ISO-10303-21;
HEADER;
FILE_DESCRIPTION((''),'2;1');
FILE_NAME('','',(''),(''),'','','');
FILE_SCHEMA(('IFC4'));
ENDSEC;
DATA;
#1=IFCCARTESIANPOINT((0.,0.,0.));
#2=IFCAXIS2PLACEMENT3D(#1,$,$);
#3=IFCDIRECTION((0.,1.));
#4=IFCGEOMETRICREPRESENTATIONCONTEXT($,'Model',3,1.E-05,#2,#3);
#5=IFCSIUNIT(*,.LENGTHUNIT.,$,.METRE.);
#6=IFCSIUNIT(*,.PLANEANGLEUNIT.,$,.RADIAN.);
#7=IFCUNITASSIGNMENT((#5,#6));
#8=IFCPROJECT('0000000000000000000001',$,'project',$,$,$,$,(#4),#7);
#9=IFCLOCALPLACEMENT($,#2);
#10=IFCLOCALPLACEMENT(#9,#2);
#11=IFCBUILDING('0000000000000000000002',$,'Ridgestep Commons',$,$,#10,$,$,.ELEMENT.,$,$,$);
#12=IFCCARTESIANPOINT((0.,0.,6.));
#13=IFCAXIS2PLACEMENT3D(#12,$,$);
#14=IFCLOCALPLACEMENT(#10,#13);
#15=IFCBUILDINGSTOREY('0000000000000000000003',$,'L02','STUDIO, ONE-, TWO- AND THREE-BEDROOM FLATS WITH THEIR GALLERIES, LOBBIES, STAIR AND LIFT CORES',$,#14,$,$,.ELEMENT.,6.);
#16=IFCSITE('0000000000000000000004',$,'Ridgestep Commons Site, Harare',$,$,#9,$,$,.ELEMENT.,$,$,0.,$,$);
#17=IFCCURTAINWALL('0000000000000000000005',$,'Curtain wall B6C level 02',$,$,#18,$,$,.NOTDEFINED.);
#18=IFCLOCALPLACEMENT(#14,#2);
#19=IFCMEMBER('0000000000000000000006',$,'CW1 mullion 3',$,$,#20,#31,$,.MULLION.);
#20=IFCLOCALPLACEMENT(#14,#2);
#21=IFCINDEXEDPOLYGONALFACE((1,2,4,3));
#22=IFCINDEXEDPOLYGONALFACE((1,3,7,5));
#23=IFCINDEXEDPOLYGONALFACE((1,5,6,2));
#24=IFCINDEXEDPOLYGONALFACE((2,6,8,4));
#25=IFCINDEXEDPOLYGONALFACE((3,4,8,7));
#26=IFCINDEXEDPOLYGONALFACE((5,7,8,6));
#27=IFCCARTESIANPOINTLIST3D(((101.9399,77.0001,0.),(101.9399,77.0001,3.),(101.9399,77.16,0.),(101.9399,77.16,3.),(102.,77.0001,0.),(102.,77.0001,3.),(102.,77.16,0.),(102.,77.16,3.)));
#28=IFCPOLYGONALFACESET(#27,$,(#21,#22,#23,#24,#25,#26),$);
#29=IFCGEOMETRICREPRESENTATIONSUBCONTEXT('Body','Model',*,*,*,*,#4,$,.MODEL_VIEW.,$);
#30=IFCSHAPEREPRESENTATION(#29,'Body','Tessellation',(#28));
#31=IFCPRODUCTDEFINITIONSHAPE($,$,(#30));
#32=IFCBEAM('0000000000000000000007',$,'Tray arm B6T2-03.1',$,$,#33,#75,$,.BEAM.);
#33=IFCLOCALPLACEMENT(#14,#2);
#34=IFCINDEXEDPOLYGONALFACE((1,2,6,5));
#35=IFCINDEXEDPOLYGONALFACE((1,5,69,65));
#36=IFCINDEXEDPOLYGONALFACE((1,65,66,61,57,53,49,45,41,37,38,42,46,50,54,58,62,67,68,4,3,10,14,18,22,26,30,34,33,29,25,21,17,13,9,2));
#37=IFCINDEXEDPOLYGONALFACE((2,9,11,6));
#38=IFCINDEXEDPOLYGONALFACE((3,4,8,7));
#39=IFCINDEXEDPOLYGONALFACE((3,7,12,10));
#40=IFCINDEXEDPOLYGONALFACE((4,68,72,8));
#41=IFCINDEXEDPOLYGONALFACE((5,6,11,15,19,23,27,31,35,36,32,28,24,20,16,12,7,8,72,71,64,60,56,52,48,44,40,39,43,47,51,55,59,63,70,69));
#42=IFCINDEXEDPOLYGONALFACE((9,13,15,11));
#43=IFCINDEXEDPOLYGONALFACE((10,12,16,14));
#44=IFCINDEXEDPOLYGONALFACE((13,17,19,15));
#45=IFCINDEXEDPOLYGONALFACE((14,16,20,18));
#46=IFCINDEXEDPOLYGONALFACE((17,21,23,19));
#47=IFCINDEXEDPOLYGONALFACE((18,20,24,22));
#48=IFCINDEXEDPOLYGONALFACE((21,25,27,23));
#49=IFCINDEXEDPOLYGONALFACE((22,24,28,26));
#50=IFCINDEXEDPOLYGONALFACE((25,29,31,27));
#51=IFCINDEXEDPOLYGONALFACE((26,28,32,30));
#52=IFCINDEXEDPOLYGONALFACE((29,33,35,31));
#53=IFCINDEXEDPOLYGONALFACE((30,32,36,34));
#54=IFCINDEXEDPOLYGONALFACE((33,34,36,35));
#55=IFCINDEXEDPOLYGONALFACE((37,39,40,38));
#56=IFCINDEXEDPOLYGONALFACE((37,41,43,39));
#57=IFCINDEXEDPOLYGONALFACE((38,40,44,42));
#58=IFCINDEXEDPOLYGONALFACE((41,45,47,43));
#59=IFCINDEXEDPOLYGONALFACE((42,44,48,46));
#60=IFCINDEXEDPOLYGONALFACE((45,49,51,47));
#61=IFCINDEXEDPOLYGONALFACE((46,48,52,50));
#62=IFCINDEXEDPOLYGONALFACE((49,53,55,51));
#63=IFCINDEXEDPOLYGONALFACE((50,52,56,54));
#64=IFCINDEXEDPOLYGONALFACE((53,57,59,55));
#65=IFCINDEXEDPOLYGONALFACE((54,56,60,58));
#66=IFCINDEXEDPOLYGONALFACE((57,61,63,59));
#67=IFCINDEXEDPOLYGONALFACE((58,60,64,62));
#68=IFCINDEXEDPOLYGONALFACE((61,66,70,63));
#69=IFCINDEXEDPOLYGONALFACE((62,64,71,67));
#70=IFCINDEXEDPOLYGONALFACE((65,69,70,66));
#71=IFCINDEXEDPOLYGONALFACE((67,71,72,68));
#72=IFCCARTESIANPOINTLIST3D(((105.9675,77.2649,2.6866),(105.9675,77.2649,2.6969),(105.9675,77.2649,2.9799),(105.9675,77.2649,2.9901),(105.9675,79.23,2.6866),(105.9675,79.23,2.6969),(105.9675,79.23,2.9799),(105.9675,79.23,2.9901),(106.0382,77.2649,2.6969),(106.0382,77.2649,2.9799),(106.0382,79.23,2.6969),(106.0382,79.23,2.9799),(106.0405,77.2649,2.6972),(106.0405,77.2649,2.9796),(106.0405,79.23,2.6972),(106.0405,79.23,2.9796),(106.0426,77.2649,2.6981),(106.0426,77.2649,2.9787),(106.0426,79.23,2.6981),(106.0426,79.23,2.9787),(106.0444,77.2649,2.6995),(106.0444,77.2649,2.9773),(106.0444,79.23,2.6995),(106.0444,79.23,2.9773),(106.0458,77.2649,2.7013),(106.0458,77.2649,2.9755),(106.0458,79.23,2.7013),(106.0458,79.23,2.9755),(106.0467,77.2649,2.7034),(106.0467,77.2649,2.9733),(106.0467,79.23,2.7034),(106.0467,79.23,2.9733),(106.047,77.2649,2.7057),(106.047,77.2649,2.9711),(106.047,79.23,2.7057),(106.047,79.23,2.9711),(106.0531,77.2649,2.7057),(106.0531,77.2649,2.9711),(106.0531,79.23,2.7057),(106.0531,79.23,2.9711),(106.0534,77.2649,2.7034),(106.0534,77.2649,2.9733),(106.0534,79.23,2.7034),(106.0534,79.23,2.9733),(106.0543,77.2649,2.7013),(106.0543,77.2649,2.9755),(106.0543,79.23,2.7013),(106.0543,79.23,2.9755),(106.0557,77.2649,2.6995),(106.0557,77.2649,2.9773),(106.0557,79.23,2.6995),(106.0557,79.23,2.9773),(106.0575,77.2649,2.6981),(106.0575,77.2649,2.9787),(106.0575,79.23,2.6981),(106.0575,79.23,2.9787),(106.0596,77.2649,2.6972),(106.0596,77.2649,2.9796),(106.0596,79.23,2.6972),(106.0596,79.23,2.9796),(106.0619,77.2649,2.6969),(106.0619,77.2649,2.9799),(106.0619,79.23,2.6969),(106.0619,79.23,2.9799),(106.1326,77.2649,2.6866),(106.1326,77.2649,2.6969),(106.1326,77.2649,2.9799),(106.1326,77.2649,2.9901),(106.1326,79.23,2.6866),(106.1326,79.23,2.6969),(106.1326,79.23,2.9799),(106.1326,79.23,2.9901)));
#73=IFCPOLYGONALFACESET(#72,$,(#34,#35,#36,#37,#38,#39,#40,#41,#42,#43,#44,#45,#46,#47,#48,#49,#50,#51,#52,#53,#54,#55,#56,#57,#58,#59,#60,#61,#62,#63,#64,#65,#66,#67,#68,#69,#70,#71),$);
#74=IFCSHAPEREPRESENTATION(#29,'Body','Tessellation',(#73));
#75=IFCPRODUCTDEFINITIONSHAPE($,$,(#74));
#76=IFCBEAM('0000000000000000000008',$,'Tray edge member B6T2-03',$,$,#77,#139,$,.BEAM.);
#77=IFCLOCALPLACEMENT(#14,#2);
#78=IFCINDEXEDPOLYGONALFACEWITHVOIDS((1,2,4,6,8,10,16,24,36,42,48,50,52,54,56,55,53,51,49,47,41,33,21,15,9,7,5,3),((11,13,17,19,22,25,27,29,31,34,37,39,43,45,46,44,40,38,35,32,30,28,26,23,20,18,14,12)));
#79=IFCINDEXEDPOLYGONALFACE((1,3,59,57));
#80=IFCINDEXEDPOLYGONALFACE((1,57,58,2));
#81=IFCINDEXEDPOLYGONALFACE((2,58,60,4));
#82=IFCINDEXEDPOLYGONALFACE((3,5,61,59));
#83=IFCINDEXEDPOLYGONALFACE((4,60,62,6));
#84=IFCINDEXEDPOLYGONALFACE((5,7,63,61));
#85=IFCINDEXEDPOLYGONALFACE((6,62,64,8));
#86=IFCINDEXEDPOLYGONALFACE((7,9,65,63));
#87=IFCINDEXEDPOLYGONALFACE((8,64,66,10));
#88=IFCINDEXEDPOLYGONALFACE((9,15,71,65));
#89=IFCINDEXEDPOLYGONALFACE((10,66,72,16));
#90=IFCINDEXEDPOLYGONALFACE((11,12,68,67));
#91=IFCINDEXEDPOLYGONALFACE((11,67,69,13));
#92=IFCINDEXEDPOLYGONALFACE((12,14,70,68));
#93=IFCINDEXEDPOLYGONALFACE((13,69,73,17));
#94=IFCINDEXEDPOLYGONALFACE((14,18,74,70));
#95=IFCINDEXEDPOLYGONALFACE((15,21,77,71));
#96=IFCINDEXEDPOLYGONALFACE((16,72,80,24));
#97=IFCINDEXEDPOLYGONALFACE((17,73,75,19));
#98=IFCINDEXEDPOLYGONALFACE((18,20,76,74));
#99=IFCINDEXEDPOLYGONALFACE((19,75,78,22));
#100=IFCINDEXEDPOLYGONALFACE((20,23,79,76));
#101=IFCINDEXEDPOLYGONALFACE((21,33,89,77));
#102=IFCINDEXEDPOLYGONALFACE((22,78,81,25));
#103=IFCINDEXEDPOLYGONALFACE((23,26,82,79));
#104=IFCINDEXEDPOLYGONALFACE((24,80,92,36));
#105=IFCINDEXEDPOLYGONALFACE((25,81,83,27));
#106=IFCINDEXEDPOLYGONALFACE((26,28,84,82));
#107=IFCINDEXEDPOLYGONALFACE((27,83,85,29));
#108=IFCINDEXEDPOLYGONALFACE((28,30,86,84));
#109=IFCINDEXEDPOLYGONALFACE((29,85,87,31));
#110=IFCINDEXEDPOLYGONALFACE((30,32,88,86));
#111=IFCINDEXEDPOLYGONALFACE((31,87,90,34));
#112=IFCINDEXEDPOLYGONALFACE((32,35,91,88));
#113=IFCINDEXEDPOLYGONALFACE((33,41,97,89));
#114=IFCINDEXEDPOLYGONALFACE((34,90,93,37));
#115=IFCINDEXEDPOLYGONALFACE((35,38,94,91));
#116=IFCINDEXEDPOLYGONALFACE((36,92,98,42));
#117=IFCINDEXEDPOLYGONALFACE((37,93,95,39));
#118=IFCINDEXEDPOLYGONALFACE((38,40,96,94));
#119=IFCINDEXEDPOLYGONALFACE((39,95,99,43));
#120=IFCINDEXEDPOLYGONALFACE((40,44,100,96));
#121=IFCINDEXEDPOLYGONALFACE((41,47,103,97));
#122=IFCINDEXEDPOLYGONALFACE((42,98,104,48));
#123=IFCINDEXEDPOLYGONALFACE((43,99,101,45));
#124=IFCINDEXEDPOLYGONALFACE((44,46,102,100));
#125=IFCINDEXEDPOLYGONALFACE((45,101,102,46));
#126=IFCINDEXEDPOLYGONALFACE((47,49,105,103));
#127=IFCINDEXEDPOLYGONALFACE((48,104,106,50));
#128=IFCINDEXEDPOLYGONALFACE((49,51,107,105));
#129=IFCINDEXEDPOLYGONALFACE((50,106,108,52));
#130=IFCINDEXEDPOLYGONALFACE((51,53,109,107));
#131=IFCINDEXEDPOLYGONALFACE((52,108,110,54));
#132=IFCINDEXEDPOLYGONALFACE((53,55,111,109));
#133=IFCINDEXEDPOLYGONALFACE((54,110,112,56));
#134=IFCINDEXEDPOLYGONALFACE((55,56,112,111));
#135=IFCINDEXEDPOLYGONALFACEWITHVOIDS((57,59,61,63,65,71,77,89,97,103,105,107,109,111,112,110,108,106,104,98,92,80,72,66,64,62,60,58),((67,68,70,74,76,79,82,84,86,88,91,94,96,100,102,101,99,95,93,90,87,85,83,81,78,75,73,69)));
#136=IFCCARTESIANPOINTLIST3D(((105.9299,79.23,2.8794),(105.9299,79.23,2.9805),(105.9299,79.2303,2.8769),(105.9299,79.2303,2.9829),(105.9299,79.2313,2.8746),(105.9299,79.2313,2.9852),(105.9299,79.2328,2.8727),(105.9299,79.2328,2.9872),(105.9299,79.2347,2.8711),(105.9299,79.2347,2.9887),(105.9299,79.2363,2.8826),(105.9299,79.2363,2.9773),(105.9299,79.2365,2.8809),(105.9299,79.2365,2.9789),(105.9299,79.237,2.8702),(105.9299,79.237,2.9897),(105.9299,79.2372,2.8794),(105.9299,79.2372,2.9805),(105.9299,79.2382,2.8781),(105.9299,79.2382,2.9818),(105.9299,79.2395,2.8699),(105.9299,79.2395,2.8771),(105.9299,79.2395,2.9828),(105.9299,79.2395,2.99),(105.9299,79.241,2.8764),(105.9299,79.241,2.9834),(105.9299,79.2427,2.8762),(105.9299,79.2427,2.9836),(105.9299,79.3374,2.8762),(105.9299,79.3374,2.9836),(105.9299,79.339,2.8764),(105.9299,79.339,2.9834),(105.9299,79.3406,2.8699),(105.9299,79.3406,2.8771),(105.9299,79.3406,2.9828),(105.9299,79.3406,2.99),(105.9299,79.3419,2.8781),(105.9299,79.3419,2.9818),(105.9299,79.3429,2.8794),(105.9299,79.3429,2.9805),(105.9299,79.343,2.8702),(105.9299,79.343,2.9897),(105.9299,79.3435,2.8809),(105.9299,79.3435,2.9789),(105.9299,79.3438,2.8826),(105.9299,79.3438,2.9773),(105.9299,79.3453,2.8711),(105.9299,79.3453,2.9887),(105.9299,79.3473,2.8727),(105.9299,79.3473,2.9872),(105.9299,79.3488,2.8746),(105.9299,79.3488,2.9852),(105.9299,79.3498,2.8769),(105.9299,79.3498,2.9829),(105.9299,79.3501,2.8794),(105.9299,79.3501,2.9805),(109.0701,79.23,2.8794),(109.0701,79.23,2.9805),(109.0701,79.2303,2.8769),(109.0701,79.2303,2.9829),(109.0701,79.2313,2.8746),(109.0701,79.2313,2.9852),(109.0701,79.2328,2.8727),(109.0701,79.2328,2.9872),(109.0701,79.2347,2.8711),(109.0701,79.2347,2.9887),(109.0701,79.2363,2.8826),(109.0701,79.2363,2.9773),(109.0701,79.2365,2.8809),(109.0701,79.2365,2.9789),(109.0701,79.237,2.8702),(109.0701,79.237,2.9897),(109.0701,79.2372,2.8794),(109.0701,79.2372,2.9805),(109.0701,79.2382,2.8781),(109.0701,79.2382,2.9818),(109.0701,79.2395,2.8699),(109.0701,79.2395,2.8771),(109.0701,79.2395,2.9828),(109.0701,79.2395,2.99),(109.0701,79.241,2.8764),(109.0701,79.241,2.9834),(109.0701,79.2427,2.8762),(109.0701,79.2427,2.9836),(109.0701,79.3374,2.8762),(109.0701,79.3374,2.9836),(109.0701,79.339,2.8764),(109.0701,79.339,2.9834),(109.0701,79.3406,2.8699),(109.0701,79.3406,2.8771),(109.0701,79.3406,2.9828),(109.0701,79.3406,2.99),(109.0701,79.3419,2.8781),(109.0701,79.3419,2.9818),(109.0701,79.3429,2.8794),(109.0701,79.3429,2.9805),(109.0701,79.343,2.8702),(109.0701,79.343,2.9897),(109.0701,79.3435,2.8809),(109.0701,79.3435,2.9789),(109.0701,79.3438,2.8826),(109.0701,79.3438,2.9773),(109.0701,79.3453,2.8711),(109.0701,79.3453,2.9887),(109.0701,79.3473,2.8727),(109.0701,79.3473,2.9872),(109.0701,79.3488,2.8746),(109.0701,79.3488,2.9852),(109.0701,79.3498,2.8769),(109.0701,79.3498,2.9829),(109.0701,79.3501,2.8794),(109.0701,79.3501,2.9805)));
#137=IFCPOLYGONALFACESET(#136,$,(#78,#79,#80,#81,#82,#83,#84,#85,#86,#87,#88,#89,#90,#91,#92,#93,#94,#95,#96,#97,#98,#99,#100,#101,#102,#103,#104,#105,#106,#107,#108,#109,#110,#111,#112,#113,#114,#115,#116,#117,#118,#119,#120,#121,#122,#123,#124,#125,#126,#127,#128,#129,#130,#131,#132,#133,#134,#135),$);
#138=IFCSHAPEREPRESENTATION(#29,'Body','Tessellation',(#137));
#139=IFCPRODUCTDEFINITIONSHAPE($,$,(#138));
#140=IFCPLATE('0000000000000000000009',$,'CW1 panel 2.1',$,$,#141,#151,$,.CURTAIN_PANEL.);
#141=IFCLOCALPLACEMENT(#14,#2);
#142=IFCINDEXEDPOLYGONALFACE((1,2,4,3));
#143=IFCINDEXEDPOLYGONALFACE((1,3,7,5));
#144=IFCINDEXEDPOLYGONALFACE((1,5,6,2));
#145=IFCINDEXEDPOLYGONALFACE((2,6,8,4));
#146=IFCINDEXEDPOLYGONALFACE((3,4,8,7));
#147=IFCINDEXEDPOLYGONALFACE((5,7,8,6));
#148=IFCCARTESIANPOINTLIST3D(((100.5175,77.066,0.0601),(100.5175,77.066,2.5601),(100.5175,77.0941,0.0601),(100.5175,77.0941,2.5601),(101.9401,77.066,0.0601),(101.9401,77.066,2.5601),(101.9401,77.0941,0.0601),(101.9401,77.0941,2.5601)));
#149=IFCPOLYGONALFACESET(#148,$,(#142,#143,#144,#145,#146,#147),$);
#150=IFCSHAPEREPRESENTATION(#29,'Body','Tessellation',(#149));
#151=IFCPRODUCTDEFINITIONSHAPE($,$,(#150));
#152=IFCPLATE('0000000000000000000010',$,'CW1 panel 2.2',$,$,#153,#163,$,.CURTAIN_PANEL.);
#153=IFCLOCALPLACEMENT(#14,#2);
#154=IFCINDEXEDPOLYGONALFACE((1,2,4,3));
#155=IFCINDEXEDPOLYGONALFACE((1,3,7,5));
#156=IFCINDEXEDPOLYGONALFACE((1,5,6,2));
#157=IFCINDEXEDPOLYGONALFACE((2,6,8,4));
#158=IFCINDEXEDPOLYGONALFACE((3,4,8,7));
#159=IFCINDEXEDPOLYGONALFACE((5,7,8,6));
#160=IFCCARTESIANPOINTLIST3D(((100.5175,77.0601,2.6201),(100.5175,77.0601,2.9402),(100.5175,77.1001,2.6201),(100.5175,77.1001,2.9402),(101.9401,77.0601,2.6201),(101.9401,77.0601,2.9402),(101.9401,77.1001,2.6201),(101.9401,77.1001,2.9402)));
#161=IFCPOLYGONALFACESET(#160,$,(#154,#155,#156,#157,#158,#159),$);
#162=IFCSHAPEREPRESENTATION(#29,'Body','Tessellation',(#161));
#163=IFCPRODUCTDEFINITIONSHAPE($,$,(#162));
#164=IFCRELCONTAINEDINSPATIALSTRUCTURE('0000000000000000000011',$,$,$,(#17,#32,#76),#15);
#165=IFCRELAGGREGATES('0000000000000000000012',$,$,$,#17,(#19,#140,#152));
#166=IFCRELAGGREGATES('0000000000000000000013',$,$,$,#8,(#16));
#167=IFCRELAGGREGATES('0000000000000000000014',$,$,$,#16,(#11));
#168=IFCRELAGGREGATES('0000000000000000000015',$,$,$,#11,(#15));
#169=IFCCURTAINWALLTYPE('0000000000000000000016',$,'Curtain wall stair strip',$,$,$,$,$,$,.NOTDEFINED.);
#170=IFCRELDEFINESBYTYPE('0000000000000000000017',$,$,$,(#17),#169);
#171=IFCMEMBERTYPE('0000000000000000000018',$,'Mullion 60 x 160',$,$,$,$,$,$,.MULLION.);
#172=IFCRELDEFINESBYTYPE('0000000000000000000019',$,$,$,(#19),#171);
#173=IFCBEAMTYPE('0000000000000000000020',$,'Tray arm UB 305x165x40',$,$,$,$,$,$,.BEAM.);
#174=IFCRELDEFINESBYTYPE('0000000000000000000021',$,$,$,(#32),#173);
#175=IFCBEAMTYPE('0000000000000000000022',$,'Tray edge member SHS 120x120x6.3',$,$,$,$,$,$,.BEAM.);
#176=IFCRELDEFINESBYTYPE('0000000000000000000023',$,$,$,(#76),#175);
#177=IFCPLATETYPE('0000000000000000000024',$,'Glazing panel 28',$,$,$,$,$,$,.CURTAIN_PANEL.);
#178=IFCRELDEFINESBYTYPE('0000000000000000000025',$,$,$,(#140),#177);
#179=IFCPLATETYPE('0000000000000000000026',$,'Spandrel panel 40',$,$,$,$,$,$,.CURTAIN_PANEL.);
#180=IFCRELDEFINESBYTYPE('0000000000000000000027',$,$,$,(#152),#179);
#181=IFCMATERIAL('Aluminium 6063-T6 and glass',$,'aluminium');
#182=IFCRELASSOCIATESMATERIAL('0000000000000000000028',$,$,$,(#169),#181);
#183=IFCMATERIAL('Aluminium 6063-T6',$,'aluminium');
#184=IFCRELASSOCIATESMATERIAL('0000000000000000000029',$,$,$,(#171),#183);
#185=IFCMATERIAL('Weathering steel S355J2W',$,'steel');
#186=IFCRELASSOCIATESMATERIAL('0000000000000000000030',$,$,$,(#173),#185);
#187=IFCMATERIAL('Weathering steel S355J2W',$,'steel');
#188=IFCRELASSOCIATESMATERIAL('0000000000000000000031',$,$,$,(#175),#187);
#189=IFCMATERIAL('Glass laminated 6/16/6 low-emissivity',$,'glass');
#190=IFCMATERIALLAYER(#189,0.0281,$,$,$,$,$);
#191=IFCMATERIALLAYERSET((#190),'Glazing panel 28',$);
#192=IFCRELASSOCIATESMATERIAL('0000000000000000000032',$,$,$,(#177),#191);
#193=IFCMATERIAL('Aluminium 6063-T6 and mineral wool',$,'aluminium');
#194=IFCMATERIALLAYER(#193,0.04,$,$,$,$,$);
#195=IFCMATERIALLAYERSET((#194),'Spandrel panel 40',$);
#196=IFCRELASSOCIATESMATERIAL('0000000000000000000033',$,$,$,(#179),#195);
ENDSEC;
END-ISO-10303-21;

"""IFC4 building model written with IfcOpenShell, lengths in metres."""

from ifc_helpers import new_model, si_unit, direction, frame, origin, origin_2d, place, context, subcontext, project, spatial, rectangle, hollow_rectangle, i_section, extrude, material, layer, layer_set, material_profile, profile_set, type_object, element, aggregate, save


model = new_model("IFC4")

# Units and contexts
model_context = context("Model", 3, precision=1e-05, world=origin(), true_north=direction((0.0, 1.0)))
body_context = subcontext(model_context, "Body", "Model", "MODEL_VIEW")
ifc_project = project(units=[si_unit("LENGTHUNIT", "METRE"), si_unit("PLANEANGLEUNIT", "RADIAN")], contexts=[model_context])

# Site, building, storey
site_placement = place(None, origin())
site = spatial("IfcSite", under=ifc_project, at=site_placement, Name="Ridgestep Commons Site, Harare", CompositionType="ELEMENT", RefElevation=0.0)
building_placement = place(site_placement, origin())
building = spatial("IfcBuilding", under=site, at=building_placement, Name="Ridgestep Commons", CompositionType="ELEMENT")
storey_placement = place(building_placement, frame((0.0, 0.0, 6.0)))
storey = spatial("IfcBuildingStorey", under=building, at=storey_placement, Name="L02", Description="STUDIO, ONE-, TWO- AND THREE-BEDROOM FLATS WITH THEIR GALLERIES, LOBBIES, STAIR AND LIFT CORES", CompositionType="ELEMENT", Elevation=6.0)

# Curtain wall, member
ifc_material_1 = material(Name="Aluminium 6063-T6 and glass", Category="aluminium")
curtain_wall_type = type_object("IfcCurtainWallType", Name="Curtain wall stair strip", PredefinedType="NOTDEFINED", material=ifc_material_1)
curtain_wall_placement = place(storey_placement, origin())
curtain_wall = element("IfcCurtainWall", 1, at=curtain_wall_placement, inside=storey, type_object=curtain_wall_type, Name="Curtain wall B6C level 02", PredefinedType="NOTDEFINED")
ifc_material_2 = material(Name="Aluminium 6063-T6", Category="aluminium")
ifc_material_profile_1 = material_profile(ifc_material_2, rectangle(XDim=0.1599, YDim=0.0601, at=origin_2d()), Name="Mullion 60 x 160")
ifc_profile_set_1 = profile_set([ifc_material_profile_1], Name="Aluminium 6063-T6")
member_type = type_object("IfcMemberType", Name="Mullion 60 x 160", PredefinedType="MULLION", material=ifc_profile_set_1)
member_placement = place(storey_placement, frame((101.97, 77.0801, 0.0), z_axis=(0.0, 0.0, 1.0), x_axis=(0.0, 1.0, 0.0)))
member = element("IfcMember", 2, at=member_placement, type_object=member_type, Name="CW1 mullion 3", PredefinedType="MULLION", context=body_context, shape_type="SweptSolid", body=[
    extrude(rectangle(XDim=0.1599, YDim=0.0601, at=origin_2d()), origin(), (0.0, 0.0, 1.0), 3.0),
])

# Beams
ifc_material_3 = material(Name="Weathering steel S355J2W", Category="steel")
ifc_material_profile_2 = material_profile(ifc_material_3, i_section(OverallWidth=0.165, OverallDepth=0.3035, WebThickness=0.0061, FlangeThickness=0.0103, FilletRadius=0.0088, at=origin_2d()), Name="UB 305x165x40")
ifc_profile_set_2 = profile_set([ifc_material_profile_2], Name="Weathering steel S355J2W")
beam_type_1 = type_object("IfcBeamType", Name="Tray arm UB 305x165x40", PredefinedType="BEAM", material=ifc_profile_set_2)
beam_1_placement = place(storey_placement, frame((106.05, 77.2649, 2.8384), z_axis=(0.0, 1.0, 0.0), x_axis=(-1.0, 0.0, 0.0)))
element("IfcBeam", 3, at=beam_1_placement, inside=storey, type_object=beam_type_1, Name="Tray arm B6T2-03.1", PredefinedType="BEAM", context=body_context, shape_type="SweptSolid", body=[
    extrude(i_section(OverallWidth=0.165, OverallDepth=0.3035, WebThickness=0.0061, FlangeThickness=0.0103, FilletRadius=0.0088, at=origin_2d()), origin(), (0.0, 0.0, 1.0), 1.9651),
])
ifc_material_4 = material(Name="Weathering steel S355J2W", Category="steel")
ifc_material_profile_3 = material_profile(ifc_material_4, hollow_rectangle(XDim=0.1201, YDim=0.1201, WallThickness=0.0063, InnerFilletRadius=0.0063, OuterFilletRadius=0.0095, at=origin_2d()), Name="SHS 120x120x6.3")
ifc_profile_set_3 = profile_set([ifc_material_profile_3], Name="Weathering steel S355J2W")
beam_type_2 = type_object("IfcBeamType", Name="Tray edge member SHS 120x120x6.3", PredefinedType="BEAM", material=ifc_profile_set_3)
beam_2_placement = place(storey_placement, frame((105.9299, 79.29, 2.9299), z_axis=(1.0, 0.0, 0.0), x_axis=(0.0, 0.0, 1.0)))
element("IfcBeam", 4, at=beam_2_placement, inside=storey, type_object=beam_type_2, Name="Tray edge member B6T2-03", PredefinedType="BEAM", context=body_context, shape_type="SweptSolid", body=[
    extrude(hollow_rectangle(XDim=0.1201, YDim=0.1201, WallThickness=0.0063, InnerFilletRadius=0.0063, OuterFilletRadius=0.0095, at=origin_2d()), origin(), (0.0, 0.0, 1.0), 3.1401),
])

# Plates
ifc_material_5 = material(Name="Glass laminated 6/16/6 low-emissivity", Category="glass")
ifc_layer_1 = layer(ifc_material_5, 0.0281)
ifc_layer_set_1 = layer_set([ifc_layer_1], Name="Glazing panel 28")
plate_type_1 = type_object("IfcPlateType", Name="Glazing panel 28", PredefinedType="CURTAIN_PANEL", material=ifc_layer_set_1)
plate_1_placement = place(storey_placement, frame((101.2288, 77.0801, 0.0601), z_axis=(0.0, 0.0, 1.0), x_axis=(1.0, 0.0, 0.0)))
plate_1 = element("IfcPlate", 5, at=plate_1_placement, type_object=plate_type_1, Name="CW1 panel 2.1", PredefinedType="CURTAIN_PANEL", context=body_context, shape_type="SweptSolid", body=[
    extrude(rectangle(XDim=1.4226, YDim=0.0281, at=origin_2d()), origin(), (0.0, 0.0, 1.0), 2.5),
])
ifc_material_6 = material(Name="Aluminium 6063-T6 and mineral wool", Category="aluminium")
ifc_layer_2 = layer(ifc_material_6, 0.04)
ifc_layer_set_2 = layer_set([ifc_layer_2], Name="Spandrel panel 40")
plate_type_2 = type_object("IfcPlateType", Name="Spandrel panel 40", PredefinedType="CURTAIN_PANEL", material=ifc_layer_set_2)
plate_2_placement = place(storey_placement, frame((101.2288, 77.0801, 2.6201), z_axis=(0.0, 0.0, 1.0), x_axis=(1.0, 0.0, 0.0)))
plate_2 = element("IfcPlate", 6, at=plate_2_placement, type_object=plate_type_2, Name="CW1 panel 2.2", PredefinedType="CURTAIN_PANEL", context=body_context, shape_type="SweptSolid", body=[
    extrude(rectangle(XDim=1.4226, YDim=0.04, at=origin_2d()), origin(), (0.0, 0.0, 1.0), 0.3201),
])
aggregate(curtain_wall, [member, plate_1, plate_2])

save(model, "model.ifc")
